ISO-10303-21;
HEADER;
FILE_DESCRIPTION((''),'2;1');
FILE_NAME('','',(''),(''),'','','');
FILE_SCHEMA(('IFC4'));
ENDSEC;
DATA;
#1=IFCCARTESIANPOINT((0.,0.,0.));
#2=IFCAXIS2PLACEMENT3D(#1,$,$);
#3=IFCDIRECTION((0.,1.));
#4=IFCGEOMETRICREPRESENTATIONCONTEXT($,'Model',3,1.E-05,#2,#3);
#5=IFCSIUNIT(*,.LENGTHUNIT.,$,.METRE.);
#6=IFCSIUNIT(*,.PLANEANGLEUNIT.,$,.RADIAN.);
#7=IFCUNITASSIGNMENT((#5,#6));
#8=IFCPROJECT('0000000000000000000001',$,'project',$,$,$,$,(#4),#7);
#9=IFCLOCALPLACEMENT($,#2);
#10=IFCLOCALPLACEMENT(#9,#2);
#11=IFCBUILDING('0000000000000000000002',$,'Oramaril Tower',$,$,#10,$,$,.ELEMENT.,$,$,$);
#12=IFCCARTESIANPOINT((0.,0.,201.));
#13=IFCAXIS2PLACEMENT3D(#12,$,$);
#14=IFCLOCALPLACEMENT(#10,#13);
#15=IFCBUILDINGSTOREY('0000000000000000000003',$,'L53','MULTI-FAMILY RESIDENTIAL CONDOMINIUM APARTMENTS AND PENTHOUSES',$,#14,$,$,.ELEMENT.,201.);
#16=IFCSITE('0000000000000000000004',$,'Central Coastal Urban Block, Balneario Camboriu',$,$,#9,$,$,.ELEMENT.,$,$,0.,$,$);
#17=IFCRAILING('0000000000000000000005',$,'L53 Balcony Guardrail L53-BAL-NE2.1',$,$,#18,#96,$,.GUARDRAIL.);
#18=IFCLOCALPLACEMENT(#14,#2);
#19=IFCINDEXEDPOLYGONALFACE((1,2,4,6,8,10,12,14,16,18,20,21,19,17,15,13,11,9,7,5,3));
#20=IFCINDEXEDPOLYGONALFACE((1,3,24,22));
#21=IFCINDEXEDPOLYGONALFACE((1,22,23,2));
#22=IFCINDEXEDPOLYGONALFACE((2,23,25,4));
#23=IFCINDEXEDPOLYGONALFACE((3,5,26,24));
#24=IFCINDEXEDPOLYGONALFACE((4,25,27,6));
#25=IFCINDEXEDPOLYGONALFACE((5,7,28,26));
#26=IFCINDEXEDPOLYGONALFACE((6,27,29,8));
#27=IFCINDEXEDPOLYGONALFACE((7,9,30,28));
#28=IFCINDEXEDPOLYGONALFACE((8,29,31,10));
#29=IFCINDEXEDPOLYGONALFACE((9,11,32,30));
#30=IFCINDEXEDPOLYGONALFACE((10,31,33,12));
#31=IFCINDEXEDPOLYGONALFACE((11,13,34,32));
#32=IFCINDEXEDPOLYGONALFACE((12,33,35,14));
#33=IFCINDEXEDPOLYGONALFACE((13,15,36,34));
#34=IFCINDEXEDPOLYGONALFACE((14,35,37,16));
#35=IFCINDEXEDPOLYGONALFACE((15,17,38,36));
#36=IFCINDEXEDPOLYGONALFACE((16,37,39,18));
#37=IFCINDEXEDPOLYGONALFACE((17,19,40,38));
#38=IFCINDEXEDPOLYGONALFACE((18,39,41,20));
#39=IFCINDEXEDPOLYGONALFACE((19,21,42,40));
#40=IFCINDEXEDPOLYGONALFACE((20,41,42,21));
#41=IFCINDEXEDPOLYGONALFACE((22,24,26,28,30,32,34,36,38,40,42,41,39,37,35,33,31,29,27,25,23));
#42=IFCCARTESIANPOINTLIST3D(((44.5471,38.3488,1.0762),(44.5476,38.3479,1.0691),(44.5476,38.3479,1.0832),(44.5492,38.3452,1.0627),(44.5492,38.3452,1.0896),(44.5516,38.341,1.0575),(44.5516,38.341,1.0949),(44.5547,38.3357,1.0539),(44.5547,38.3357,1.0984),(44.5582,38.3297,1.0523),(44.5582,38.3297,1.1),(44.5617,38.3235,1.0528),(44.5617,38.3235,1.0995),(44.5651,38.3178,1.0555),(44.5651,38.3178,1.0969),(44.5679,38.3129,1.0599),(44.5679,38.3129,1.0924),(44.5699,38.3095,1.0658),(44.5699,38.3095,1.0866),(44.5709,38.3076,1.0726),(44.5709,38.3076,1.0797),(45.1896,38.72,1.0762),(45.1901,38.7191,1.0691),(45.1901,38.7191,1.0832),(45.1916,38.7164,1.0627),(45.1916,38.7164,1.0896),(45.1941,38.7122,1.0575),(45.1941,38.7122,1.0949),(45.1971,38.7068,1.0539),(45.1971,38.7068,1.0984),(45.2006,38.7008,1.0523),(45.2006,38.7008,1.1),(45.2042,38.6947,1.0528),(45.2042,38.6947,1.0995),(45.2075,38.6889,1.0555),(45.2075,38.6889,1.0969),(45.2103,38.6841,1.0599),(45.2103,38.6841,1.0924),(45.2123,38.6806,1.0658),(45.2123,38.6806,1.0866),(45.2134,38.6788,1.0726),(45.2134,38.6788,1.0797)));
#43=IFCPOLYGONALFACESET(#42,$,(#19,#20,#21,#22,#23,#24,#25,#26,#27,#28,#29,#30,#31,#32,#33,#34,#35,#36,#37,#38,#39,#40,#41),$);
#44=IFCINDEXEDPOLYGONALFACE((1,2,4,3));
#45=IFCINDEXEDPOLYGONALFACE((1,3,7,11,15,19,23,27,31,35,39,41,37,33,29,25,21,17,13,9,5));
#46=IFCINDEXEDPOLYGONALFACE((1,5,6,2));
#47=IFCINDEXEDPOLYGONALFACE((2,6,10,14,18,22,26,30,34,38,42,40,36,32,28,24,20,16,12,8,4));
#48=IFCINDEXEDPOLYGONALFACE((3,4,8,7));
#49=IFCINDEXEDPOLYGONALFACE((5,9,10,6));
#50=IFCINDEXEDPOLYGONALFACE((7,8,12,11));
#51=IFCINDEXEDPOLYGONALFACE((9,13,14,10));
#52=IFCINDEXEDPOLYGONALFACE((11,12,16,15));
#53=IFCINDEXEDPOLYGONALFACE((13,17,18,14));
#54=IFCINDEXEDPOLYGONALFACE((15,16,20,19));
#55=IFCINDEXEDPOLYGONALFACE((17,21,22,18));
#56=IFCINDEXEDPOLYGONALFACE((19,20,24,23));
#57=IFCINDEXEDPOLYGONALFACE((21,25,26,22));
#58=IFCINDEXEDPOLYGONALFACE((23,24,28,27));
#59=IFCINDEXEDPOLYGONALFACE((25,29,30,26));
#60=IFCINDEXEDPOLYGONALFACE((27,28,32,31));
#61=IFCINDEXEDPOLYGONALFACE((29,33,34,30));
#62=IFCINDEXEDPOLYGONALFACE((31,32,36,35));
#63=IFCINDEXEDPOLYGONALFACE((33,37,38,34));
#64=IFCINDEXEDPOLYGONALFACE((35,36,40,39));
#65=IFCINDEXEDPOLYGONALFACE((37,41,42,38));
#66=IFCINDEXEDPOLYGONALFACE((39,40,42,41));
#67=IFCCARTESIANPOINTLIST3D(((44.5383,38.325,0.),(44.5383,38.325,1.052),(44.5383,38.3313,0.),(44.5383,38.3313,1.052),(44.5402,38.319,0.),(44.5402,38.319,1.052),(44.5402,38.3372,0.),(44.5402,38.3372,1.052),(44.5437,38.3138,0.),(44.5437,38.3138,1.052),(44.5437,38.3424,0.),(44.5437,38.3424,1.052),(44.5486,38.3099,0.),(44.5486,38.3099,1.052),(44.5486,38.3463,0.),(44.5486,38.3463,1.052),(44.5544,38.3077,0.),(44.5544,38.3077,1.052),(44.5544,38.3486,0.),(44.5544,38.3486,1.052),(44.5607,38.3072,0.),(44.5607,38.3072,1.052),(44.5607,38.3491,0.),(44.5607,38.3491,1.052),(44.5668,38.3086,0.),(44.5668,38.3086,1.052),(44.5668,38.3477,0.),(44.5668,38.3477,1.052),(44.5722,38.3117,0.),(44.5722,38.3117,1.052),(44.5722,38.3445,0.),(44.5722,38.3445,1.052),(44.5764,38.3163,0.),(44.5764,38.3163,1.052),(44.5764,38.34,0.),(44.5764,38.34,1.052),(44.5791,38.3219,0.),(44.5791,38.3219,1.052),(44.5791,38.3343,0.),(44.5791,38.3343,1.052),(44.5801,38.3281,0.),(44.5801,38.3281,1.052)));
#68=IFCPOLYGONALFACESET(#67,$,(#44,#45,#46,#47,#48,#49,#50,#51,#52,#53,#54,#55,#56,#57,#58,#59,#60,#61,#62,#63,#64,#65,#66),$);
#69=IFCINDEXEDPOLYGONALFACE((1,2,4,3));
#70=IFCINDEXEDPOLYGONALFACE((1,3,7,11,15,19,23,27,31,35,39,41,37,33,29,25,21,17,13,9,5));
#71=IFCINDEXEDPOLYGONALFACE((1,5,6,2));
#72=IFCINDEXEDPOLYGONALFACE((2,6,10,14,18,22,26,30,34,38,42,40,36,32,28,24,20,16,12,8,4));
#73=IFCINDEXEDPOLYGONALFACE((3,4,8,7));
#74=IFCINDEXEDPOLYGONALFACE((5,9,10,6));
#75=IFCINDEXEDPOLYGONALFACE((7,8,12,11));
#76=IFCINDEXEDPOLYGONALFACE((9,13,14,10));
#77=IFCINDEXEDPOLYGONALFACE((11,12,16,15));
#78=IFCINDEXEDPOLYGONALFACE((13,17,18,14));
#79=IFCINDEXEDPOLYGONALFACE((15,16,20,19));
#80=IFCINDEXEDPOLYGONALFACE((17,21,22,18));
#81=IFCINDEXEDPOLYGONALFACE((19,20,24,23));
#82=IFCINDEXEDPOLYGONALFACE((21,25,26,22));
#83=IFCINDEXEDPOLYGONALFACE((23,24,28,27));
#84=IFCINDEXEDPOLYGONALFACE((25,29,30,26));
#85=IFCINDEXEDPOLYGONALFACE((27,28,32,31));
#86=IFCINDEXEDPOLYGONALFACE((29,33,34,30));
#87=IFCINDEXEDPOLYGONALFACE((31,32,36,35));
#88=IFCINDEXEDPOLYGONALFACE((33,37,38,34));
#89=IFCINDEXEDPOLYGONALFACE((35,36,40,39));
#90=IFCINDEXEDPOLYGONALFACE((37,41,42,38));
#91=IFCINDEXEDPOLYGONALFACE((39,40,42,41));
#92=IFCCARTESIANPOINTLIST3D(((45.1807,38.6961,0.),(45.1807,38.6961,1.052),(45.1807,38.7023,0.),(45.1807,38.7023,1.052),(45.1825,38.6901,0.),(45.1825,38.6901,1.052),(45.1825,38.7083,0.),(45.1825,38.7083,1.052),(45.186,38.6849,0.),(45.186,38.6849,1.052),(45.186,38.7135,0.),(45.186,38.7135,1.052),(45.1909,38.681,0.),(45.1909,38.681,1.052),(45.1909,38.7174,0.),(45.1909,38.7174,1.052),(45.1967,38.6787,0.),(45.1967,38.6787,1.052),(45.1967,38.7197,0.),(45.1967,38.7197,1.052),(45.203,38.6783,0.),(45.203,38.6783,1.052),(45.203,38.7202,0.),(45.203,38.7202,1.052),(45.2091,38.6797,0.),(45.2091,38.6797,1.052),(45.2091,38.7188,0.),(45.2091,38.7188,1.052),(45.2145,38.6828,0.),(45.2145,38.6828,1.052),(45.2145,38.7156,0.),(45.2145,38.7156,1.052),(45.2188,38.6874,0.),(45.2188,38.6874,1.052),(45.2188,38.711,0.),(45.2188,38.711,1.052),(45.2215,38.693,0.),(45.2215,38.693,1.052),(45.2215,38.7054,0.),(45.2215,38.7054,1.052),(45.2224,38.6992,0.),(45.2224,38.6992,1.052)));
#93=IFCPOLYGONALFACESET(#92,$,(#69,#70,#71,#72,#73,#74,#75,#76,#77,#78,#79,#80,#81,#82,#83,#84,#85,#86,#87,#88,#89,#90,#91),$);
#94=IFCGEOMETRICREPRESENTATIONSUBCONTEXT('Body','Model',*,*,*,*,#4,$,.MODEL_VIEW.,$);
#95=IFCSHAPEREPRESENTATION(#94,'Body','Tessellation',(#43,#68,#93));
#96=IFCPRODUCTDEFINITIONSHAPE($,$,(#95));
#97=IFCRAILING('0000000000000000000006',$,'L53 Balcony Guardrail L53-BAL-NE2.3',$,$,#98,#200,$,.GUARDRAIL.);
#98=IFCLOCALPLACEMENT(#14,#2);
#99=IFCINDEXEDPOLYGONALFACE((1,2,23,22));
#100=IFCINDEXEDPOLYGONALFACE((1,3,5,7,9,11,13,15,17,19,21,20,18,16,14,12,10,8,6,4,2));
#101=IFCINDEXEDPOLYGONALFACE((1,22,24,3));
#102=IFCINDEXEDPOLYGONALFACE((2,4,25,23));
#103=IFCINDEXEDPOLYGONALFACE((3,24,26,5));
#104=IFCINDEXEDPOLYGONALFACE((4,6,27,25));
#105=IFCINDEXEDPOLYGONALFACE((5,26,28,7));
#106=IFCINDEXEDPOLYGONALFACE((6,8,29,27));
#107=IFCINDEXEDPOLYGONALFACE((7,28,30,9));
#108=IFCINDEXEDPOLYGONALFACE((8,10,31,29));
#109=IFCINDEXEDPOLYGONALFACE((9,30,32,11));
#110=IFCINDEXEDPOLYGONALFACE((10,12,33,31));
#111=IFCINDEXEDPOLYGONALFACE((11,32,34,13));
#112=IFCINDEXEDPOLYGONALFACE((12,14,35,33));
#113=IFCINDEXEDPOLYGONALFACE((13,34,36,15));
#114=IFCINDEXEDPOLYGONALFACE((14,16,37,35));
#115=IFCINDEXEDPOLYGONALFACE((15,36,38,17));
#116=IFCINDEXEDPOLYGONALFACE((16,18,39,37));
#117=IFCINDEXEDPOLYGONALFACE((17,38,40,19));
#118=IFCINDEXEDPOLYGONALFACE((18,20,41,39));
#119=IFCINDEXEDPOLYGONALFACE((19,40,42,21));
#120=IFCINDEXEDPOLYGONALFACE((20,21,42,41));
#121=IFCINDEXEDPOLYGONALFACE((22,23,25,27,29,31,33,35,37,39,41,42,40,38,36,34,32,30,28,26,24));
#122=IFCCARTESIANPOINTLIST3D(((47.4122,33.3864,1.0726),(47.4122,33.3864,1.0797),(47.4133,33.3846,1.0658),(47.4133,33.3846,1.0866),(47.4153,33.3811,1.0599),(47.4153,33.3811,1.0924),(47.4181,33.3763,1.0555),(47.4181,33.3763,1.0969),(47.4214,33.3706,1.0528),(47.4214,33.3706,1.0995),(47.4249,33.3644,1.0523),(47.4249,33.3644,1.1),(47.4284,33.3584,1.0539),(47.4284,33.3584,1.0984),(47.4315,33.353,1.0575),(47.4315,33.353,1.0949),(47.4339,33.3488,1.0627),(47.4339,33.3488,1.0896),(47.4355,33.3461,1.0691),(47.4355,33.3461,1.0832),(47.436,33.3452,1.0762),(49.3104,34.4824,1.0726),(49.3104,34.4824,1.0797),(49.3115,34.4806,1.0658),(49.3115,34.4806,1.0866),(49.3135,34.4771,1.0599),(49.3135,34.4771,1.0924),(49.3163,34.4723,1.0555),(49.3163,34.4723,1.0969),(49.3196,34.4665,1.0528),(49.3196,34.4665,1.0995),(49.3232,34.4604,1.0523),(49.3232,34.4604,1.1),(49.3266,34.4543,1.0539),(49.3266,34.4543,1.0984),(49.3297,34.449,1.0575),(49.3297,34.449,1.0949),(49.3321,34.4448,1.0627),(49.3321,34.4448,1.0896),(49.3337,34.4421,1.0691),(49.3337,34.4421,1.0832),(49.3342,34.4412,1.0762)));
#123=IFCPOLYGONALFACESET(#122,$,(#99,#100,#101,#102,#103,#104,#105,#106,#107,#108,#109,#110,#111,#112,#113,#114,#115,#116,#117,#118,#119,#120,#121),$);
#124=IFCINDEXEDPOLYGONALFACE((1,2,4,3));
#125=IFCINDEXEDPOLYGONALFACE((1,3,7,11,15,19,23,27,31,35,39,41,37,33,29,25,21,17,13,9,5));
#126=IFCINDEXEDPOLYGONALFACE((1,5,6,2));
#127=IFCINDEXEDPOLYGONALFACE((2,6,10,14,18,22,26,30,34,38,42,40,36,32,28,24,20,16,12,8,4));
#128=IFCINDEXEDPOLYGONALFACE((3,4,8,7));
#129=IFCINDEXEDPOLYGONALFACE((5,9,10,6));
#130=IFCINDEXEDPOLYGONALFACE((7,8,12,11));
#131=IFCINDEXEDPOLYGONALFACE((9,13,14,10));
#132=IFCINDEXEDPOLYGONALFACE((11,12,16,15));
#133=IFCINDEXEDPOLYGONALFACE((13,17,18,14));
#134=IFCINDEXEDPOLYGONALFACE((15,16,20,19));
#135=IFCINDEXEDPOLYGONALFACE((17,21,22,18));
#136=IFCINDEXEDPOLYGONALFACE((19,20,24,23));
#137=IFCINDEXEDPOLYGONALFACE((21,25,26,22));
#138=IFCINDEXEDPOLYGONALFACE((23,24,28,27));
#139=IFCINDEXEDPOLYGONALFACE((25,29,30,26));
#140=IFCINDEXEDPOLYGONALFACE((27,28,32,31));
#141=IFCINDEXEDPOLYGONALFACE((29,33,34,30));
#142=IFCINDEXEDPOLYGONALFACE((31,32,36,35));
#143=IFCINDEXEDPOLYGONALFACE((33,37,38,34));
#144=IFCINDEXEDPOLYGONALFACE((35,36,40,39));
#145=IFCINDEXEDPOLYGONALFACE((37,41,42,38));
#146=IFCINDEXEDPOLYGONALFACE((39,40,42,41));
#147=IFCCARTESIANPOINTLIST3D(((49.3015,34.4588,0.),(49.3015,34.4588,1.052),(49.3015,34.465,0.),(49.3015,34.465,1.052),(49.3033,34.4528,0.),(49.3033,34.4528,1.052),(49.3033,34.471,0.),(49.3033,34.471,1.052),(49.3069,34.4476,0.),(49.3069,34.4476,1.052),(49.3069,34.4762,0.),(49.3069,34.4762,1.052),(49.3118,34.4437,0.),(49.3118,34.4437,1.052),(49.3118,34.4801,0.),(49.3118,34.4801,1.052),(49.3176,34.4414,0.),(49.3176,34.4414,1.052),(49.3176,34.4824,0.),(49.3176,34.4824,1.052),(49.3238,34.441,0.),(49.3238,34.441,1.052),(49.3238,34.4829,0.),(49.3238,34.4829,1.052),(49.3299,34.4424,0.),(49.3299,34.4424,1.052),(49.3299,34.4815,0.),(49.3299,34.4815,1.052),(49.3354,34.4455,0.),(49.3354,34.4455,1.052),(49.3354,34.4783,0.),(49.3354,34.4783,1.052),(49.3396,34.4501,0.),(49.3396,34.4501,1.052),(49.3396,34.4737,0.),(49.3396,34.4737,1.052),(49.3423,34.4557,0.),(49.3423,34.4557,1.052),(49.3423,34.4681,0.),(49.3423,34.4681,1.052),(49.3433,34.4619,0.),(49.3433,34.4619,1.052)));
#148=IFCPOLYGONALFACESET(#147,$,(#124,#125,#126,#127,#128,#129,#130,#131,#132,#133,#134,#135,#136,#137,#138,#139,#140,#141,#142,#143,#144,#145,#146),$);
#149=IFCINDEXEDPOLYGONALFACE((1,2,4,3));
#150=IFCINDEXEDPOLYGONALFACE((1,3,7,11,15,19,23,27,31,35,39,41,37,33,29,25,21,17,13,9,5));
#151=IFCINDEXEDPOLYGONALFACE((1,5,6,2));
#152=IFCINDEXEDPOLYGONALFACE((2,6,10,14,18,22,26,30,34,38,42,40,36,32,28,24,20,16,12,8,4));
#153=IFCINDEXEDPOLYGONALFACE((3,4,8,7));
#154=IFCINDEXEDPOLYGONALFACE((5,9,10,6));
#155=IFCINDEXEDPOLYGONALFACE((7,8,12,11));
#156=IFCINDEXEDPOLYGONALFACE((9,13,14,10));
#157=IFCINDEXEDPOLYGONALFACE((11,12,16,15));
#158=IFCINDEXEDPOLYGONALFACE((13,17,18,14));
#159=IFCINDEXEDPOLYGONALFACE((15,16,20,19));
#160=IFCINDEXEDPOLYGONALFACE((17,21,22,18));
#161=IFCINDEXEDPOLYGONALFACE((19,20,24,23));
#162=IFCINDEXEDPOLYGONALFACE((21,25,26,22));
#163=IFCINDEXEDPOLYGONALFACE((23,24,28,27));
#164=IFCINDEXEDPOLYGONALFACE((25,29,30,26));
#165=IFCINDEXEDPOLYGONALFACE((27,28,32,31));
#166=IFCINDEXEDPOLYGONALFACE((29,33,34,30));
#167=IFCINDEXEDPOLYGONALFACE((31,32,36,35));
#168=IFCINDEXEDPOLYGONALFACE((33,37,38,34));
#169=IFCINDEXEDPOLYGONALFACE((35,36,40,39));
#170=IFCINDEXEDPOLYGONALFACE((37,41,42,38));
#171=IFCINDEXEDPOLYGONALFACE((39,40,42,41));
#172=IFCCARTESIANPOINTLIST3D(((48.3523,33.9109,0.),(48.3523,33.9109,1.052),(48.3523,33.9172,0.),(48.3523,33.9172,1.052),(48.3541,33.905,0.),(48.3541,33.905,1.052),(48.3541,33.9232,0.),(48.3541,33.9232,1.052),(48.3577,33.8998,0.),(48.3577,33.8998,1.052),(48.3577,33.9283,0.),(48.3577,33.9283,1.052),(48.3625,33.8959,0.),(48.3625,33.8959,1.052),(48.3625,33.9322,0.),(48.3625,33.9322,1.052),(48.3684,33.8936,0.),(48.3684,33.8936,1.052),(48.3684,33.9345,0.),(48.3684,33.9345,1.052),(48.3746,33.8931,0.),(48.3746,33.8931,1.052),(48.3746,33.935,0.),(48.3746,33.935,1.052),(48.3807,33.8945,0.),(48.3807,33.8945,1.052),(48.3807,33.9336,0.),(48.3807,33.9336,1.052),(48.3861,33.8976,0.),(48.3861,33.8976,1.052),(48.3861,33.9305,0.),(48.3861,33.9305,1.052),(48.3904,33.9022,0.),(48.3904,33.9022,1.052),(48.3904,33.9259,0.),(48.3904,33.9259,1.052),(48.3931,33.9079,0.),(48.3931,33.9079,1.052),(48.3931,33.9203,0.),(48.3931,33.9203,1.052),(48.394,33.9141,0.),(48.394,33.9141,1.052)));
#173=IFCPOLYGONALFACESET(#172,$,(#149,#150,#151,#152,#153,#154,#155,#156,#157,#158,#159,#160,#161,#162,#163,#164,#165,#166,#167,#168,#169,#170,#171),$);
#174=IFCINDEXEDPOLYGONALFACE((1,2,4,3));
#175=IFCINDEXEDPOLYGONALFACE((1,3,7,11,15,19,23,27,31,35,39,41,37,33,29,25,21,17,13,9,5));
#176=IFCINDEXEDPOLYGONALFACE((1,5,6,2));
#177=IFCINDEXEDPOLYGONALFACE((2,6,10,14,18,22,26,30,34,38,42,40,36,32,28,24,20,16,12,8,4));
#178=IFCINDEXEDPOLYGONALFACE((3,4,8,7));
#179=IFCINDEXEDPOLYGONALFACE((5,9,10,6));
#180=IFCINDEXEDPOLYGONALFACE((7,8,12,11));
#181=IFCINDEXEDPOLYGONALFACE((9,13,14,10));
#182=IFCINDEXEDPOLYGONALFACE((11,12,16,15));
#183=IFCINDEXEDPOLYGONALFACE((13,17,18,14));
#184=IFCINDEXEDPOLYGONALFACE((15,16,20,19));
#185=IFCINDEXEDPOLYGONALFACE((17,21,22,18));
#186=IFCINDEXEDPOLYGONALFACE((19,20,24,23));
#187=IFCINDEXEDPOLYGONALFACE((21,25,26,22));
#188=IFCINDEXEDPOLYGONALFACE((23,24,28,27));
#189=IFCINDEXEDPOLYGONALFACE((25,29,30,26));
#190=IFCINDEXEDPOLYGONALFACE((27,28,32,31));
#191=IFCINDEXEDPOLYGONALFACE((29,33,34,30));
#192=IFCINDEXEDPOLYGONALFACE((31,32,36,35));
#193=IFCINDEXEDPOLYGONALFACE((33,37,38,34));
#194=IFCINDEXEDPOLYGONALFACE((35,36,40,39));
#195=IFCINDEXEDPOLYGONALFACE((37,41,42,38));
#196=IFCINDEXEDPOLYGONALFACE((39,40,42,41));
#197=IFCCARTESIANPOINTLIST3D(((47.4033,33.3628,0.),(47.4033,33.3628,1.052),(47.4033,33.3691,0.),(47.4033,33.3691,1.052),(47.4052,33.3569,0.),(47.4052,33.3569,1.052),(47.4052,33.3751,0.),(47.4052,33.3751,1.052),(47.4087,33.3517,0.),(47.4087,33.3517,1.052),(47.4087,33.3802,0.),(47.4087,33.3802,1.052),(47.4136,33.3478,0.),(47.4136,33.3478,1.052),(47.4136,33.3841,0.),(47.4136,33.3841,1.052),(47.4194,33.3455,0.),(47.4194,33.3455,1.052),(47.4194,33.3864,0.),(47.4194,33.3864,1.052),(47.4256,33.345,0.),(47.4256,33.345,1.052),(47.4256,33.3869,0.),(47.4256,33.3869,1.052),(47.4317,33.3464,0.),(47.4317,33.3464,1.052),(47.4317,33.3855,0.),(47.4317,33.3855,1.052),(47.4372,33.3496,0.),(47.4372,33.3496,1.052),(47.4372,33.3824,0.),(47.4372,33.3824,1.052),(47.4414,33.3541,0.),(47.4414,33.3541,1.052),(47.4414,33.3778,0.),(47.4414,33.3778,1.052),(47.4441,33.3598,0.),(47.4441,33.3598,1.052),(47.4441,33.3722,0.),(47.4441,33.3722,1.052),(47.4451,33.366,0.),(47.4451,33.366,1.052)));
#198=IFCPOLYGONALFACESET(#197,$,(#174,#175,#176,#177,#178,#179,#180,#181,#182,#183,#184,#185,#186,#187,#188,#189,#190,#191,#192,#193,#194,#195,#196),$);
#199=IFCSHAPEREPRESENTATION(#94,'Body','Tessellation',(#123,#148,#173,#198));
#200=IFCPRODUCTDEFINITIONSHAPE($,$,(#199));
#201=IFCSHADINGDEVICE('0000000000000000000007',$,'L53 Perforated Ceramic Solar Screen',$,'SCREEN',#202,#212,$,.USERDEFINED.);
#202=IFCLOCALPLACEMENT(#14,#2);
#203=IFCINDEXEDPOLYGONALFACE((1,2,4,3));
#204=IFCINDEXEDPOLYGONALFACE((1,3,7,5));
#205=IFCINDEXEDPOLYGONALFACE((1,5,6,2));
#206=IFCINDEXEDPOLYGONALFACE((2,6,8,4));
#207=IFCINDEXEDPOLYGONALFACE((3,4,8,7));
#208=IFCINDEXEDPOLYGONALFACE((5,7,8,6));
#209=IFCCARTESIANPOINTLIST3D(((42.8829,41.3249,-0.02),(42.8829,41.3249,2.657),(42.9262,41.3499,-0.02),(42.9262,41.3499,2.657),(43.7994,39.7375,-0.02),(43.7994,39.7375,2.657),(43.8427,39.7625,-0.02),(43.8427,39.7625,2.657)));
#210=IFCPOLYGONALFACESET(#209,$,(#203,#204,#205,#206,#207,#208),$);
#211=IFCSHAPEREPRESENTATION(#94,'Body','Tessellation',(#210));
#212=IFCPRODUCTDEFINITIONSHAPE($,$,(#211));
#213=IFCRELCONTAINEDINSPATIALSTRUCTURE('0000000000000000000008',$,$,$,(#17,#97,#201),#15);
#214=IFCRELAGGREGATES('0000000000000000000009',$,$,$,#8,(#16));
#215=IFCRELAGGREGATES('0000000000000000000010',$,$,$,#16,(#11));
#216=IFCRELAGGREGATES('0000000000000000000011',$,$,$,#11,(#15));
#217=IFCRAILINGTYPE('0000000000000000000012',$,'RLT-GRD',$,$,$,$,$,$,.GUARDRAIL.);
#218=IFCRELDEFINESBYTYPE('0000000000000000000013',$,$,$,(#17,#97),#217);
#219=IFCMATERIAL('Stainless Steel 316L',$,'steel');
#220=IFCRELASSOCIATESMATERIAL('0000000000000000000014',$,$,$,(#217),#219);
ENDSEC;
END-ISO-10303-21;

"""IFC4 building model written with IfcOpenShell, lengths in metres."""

from ifc_helpers import new_model, si_unit, direction, frame, origin, origin_2d, place, context, subcontext, project, spatial, rectangle, circle, extrude, material, type_object, element, save


model = new_model("IFC4")

# Units and contexts
model_context = context("Model", 3, precision=1e-05, world=origin(), true_north=direction((0.0, 1.0)))
body_context = subcontext(model_context, "Body", "Model", "MODEL_VIEW")
ifc_project = project(units=[si_unit("LENGTHUNIT", "METRE"), si_unit("PLANEANGLEUNIT", "RADIAN")], contexts=[model_context])

# Site, building, storey
site_placement = place(None, origin())
site = spatial("IfcSite", under=ifc_project, at=site_placement, Name="Central Coastal Urban Block, Balneario Camboriu", CompositionType="ELEMENT", RefElevation=0.0)
building_placement = place(site_placement, origin())
building = spatial("IfcBuilding", under=site, at=building_placement, Name="Oramaril Tower", CompositionType="ELEMENT")
storey_placement = place(building_placement, frame((0.0, 0.0, 201.0)))
storey = spatial("IfcBuildingStorey", under=building, at=storey_placement, Name="L53", Description="MULTI-FAMILY RESIDENTIAL CONDOMINIUM APARTMENTS AND PENTHOUSES", CompositionType="ELEMENT", Elevation=201.0)

# Railings
ifc_material_1 = material(Name="Stainless Steel 316L", Category="steel")
railing_type = type_object("IfcRailingType", Name="RLT-GRD", PredefinedType="GUARDRAIL", material=ifc_material_1)
railing_1_placement = place(storey_placement, frame((44.5591, 38.3281, 0.0)))
element("IfcRailing", 1, at=railing_1_placement, inside=storey, type_object=railing_type, Name="L53 Balcony Guardrail L53-BAL-NE2.1", PredefinedType="GUARDRAIL", context=body_context, shape_type="SweptSolid", body=[
    extrude(circle(Radius=0.0239, at=origin_2d()), frame((0.0, 0.0, 1.0762), z_axis=(0.865884, 0.500245, 0.0), x_axis=(-0.500245, 0.865884, 0.0)), (0.0, 0.0, 1.0), 0.7419),
    extrude(circle(Radius=0.021, at=origin_2d()), origin(), (0.0, 0.0, 1.0), 1.052),
    extrude(circle(Radius=0.021, at=origin_2d()), frame((0.6423, 0.3711, 0.0)), (0.0, 0.0, 1.0), 1.052),
])
railing_2_placement = place(storey_placement, frame((49.3223, 34.4619, 0.0)))
element("IfcRailing", 2, at=railing_2_placement, inside=storey, type_object=railing_type, Name="L53 Balcony Guardrail L53-BAL-NE2.3", PredefinedType="GUARDRAIL", context=body_context, shape_type="SweptSolid", body=[
    extrude(circle(Radius=0.0239, at=origin_2d()), frame((0.0, 0.0, 1.0762), z_axis=(-0.866021, -0.500008, 0.0), x_axis=(0.500008, -0.866021, 0.0)), (0.0, 0.0, 1.0), 2.1919),
    extrude(circle(Radius=0.021, at=origin_2d()), origin(), (0.0, 0.0, 1.0), 1.052),
    extrude(circle(Radius=0.021, at=origin_2d()), frame((-0.9492, -0.5479, 0.0)), (0.0, 0.0, 1.0), 1.052),
    extrude(circle(Radius=0.021, at=origin_2d()), frame((-1.8982, -1.0959, 0.0)), (0.0, 0.0, 1.0), 1.052),
])

# Shading device
for number, where, z_axis, x_axis, name in (
    (3, (43.3628, 40.5437, -0.02), (0.0, 0.0, 1.0), (-0.5, 0.866025, 0.0), "L53 Perforated Ceramic Solar Screen"),
):
    element("IfcShadingDevice", number, at=place(storey_placement, frame(where, z_axis=z_axis, x_axis=x_axis)), inside=storey, Name=name, ObjectType="SCREEN", PredefinedType="USERDEFINED", context=body_context, shape_type="SweptSolid", body=[
        extrude(rectangle(XDim=1.833, YDim=0.05, at=origin_2d()), origin(), (0.0, 0.0, 1.0), 2.677),
    ])

save(model, "model.ifc")
